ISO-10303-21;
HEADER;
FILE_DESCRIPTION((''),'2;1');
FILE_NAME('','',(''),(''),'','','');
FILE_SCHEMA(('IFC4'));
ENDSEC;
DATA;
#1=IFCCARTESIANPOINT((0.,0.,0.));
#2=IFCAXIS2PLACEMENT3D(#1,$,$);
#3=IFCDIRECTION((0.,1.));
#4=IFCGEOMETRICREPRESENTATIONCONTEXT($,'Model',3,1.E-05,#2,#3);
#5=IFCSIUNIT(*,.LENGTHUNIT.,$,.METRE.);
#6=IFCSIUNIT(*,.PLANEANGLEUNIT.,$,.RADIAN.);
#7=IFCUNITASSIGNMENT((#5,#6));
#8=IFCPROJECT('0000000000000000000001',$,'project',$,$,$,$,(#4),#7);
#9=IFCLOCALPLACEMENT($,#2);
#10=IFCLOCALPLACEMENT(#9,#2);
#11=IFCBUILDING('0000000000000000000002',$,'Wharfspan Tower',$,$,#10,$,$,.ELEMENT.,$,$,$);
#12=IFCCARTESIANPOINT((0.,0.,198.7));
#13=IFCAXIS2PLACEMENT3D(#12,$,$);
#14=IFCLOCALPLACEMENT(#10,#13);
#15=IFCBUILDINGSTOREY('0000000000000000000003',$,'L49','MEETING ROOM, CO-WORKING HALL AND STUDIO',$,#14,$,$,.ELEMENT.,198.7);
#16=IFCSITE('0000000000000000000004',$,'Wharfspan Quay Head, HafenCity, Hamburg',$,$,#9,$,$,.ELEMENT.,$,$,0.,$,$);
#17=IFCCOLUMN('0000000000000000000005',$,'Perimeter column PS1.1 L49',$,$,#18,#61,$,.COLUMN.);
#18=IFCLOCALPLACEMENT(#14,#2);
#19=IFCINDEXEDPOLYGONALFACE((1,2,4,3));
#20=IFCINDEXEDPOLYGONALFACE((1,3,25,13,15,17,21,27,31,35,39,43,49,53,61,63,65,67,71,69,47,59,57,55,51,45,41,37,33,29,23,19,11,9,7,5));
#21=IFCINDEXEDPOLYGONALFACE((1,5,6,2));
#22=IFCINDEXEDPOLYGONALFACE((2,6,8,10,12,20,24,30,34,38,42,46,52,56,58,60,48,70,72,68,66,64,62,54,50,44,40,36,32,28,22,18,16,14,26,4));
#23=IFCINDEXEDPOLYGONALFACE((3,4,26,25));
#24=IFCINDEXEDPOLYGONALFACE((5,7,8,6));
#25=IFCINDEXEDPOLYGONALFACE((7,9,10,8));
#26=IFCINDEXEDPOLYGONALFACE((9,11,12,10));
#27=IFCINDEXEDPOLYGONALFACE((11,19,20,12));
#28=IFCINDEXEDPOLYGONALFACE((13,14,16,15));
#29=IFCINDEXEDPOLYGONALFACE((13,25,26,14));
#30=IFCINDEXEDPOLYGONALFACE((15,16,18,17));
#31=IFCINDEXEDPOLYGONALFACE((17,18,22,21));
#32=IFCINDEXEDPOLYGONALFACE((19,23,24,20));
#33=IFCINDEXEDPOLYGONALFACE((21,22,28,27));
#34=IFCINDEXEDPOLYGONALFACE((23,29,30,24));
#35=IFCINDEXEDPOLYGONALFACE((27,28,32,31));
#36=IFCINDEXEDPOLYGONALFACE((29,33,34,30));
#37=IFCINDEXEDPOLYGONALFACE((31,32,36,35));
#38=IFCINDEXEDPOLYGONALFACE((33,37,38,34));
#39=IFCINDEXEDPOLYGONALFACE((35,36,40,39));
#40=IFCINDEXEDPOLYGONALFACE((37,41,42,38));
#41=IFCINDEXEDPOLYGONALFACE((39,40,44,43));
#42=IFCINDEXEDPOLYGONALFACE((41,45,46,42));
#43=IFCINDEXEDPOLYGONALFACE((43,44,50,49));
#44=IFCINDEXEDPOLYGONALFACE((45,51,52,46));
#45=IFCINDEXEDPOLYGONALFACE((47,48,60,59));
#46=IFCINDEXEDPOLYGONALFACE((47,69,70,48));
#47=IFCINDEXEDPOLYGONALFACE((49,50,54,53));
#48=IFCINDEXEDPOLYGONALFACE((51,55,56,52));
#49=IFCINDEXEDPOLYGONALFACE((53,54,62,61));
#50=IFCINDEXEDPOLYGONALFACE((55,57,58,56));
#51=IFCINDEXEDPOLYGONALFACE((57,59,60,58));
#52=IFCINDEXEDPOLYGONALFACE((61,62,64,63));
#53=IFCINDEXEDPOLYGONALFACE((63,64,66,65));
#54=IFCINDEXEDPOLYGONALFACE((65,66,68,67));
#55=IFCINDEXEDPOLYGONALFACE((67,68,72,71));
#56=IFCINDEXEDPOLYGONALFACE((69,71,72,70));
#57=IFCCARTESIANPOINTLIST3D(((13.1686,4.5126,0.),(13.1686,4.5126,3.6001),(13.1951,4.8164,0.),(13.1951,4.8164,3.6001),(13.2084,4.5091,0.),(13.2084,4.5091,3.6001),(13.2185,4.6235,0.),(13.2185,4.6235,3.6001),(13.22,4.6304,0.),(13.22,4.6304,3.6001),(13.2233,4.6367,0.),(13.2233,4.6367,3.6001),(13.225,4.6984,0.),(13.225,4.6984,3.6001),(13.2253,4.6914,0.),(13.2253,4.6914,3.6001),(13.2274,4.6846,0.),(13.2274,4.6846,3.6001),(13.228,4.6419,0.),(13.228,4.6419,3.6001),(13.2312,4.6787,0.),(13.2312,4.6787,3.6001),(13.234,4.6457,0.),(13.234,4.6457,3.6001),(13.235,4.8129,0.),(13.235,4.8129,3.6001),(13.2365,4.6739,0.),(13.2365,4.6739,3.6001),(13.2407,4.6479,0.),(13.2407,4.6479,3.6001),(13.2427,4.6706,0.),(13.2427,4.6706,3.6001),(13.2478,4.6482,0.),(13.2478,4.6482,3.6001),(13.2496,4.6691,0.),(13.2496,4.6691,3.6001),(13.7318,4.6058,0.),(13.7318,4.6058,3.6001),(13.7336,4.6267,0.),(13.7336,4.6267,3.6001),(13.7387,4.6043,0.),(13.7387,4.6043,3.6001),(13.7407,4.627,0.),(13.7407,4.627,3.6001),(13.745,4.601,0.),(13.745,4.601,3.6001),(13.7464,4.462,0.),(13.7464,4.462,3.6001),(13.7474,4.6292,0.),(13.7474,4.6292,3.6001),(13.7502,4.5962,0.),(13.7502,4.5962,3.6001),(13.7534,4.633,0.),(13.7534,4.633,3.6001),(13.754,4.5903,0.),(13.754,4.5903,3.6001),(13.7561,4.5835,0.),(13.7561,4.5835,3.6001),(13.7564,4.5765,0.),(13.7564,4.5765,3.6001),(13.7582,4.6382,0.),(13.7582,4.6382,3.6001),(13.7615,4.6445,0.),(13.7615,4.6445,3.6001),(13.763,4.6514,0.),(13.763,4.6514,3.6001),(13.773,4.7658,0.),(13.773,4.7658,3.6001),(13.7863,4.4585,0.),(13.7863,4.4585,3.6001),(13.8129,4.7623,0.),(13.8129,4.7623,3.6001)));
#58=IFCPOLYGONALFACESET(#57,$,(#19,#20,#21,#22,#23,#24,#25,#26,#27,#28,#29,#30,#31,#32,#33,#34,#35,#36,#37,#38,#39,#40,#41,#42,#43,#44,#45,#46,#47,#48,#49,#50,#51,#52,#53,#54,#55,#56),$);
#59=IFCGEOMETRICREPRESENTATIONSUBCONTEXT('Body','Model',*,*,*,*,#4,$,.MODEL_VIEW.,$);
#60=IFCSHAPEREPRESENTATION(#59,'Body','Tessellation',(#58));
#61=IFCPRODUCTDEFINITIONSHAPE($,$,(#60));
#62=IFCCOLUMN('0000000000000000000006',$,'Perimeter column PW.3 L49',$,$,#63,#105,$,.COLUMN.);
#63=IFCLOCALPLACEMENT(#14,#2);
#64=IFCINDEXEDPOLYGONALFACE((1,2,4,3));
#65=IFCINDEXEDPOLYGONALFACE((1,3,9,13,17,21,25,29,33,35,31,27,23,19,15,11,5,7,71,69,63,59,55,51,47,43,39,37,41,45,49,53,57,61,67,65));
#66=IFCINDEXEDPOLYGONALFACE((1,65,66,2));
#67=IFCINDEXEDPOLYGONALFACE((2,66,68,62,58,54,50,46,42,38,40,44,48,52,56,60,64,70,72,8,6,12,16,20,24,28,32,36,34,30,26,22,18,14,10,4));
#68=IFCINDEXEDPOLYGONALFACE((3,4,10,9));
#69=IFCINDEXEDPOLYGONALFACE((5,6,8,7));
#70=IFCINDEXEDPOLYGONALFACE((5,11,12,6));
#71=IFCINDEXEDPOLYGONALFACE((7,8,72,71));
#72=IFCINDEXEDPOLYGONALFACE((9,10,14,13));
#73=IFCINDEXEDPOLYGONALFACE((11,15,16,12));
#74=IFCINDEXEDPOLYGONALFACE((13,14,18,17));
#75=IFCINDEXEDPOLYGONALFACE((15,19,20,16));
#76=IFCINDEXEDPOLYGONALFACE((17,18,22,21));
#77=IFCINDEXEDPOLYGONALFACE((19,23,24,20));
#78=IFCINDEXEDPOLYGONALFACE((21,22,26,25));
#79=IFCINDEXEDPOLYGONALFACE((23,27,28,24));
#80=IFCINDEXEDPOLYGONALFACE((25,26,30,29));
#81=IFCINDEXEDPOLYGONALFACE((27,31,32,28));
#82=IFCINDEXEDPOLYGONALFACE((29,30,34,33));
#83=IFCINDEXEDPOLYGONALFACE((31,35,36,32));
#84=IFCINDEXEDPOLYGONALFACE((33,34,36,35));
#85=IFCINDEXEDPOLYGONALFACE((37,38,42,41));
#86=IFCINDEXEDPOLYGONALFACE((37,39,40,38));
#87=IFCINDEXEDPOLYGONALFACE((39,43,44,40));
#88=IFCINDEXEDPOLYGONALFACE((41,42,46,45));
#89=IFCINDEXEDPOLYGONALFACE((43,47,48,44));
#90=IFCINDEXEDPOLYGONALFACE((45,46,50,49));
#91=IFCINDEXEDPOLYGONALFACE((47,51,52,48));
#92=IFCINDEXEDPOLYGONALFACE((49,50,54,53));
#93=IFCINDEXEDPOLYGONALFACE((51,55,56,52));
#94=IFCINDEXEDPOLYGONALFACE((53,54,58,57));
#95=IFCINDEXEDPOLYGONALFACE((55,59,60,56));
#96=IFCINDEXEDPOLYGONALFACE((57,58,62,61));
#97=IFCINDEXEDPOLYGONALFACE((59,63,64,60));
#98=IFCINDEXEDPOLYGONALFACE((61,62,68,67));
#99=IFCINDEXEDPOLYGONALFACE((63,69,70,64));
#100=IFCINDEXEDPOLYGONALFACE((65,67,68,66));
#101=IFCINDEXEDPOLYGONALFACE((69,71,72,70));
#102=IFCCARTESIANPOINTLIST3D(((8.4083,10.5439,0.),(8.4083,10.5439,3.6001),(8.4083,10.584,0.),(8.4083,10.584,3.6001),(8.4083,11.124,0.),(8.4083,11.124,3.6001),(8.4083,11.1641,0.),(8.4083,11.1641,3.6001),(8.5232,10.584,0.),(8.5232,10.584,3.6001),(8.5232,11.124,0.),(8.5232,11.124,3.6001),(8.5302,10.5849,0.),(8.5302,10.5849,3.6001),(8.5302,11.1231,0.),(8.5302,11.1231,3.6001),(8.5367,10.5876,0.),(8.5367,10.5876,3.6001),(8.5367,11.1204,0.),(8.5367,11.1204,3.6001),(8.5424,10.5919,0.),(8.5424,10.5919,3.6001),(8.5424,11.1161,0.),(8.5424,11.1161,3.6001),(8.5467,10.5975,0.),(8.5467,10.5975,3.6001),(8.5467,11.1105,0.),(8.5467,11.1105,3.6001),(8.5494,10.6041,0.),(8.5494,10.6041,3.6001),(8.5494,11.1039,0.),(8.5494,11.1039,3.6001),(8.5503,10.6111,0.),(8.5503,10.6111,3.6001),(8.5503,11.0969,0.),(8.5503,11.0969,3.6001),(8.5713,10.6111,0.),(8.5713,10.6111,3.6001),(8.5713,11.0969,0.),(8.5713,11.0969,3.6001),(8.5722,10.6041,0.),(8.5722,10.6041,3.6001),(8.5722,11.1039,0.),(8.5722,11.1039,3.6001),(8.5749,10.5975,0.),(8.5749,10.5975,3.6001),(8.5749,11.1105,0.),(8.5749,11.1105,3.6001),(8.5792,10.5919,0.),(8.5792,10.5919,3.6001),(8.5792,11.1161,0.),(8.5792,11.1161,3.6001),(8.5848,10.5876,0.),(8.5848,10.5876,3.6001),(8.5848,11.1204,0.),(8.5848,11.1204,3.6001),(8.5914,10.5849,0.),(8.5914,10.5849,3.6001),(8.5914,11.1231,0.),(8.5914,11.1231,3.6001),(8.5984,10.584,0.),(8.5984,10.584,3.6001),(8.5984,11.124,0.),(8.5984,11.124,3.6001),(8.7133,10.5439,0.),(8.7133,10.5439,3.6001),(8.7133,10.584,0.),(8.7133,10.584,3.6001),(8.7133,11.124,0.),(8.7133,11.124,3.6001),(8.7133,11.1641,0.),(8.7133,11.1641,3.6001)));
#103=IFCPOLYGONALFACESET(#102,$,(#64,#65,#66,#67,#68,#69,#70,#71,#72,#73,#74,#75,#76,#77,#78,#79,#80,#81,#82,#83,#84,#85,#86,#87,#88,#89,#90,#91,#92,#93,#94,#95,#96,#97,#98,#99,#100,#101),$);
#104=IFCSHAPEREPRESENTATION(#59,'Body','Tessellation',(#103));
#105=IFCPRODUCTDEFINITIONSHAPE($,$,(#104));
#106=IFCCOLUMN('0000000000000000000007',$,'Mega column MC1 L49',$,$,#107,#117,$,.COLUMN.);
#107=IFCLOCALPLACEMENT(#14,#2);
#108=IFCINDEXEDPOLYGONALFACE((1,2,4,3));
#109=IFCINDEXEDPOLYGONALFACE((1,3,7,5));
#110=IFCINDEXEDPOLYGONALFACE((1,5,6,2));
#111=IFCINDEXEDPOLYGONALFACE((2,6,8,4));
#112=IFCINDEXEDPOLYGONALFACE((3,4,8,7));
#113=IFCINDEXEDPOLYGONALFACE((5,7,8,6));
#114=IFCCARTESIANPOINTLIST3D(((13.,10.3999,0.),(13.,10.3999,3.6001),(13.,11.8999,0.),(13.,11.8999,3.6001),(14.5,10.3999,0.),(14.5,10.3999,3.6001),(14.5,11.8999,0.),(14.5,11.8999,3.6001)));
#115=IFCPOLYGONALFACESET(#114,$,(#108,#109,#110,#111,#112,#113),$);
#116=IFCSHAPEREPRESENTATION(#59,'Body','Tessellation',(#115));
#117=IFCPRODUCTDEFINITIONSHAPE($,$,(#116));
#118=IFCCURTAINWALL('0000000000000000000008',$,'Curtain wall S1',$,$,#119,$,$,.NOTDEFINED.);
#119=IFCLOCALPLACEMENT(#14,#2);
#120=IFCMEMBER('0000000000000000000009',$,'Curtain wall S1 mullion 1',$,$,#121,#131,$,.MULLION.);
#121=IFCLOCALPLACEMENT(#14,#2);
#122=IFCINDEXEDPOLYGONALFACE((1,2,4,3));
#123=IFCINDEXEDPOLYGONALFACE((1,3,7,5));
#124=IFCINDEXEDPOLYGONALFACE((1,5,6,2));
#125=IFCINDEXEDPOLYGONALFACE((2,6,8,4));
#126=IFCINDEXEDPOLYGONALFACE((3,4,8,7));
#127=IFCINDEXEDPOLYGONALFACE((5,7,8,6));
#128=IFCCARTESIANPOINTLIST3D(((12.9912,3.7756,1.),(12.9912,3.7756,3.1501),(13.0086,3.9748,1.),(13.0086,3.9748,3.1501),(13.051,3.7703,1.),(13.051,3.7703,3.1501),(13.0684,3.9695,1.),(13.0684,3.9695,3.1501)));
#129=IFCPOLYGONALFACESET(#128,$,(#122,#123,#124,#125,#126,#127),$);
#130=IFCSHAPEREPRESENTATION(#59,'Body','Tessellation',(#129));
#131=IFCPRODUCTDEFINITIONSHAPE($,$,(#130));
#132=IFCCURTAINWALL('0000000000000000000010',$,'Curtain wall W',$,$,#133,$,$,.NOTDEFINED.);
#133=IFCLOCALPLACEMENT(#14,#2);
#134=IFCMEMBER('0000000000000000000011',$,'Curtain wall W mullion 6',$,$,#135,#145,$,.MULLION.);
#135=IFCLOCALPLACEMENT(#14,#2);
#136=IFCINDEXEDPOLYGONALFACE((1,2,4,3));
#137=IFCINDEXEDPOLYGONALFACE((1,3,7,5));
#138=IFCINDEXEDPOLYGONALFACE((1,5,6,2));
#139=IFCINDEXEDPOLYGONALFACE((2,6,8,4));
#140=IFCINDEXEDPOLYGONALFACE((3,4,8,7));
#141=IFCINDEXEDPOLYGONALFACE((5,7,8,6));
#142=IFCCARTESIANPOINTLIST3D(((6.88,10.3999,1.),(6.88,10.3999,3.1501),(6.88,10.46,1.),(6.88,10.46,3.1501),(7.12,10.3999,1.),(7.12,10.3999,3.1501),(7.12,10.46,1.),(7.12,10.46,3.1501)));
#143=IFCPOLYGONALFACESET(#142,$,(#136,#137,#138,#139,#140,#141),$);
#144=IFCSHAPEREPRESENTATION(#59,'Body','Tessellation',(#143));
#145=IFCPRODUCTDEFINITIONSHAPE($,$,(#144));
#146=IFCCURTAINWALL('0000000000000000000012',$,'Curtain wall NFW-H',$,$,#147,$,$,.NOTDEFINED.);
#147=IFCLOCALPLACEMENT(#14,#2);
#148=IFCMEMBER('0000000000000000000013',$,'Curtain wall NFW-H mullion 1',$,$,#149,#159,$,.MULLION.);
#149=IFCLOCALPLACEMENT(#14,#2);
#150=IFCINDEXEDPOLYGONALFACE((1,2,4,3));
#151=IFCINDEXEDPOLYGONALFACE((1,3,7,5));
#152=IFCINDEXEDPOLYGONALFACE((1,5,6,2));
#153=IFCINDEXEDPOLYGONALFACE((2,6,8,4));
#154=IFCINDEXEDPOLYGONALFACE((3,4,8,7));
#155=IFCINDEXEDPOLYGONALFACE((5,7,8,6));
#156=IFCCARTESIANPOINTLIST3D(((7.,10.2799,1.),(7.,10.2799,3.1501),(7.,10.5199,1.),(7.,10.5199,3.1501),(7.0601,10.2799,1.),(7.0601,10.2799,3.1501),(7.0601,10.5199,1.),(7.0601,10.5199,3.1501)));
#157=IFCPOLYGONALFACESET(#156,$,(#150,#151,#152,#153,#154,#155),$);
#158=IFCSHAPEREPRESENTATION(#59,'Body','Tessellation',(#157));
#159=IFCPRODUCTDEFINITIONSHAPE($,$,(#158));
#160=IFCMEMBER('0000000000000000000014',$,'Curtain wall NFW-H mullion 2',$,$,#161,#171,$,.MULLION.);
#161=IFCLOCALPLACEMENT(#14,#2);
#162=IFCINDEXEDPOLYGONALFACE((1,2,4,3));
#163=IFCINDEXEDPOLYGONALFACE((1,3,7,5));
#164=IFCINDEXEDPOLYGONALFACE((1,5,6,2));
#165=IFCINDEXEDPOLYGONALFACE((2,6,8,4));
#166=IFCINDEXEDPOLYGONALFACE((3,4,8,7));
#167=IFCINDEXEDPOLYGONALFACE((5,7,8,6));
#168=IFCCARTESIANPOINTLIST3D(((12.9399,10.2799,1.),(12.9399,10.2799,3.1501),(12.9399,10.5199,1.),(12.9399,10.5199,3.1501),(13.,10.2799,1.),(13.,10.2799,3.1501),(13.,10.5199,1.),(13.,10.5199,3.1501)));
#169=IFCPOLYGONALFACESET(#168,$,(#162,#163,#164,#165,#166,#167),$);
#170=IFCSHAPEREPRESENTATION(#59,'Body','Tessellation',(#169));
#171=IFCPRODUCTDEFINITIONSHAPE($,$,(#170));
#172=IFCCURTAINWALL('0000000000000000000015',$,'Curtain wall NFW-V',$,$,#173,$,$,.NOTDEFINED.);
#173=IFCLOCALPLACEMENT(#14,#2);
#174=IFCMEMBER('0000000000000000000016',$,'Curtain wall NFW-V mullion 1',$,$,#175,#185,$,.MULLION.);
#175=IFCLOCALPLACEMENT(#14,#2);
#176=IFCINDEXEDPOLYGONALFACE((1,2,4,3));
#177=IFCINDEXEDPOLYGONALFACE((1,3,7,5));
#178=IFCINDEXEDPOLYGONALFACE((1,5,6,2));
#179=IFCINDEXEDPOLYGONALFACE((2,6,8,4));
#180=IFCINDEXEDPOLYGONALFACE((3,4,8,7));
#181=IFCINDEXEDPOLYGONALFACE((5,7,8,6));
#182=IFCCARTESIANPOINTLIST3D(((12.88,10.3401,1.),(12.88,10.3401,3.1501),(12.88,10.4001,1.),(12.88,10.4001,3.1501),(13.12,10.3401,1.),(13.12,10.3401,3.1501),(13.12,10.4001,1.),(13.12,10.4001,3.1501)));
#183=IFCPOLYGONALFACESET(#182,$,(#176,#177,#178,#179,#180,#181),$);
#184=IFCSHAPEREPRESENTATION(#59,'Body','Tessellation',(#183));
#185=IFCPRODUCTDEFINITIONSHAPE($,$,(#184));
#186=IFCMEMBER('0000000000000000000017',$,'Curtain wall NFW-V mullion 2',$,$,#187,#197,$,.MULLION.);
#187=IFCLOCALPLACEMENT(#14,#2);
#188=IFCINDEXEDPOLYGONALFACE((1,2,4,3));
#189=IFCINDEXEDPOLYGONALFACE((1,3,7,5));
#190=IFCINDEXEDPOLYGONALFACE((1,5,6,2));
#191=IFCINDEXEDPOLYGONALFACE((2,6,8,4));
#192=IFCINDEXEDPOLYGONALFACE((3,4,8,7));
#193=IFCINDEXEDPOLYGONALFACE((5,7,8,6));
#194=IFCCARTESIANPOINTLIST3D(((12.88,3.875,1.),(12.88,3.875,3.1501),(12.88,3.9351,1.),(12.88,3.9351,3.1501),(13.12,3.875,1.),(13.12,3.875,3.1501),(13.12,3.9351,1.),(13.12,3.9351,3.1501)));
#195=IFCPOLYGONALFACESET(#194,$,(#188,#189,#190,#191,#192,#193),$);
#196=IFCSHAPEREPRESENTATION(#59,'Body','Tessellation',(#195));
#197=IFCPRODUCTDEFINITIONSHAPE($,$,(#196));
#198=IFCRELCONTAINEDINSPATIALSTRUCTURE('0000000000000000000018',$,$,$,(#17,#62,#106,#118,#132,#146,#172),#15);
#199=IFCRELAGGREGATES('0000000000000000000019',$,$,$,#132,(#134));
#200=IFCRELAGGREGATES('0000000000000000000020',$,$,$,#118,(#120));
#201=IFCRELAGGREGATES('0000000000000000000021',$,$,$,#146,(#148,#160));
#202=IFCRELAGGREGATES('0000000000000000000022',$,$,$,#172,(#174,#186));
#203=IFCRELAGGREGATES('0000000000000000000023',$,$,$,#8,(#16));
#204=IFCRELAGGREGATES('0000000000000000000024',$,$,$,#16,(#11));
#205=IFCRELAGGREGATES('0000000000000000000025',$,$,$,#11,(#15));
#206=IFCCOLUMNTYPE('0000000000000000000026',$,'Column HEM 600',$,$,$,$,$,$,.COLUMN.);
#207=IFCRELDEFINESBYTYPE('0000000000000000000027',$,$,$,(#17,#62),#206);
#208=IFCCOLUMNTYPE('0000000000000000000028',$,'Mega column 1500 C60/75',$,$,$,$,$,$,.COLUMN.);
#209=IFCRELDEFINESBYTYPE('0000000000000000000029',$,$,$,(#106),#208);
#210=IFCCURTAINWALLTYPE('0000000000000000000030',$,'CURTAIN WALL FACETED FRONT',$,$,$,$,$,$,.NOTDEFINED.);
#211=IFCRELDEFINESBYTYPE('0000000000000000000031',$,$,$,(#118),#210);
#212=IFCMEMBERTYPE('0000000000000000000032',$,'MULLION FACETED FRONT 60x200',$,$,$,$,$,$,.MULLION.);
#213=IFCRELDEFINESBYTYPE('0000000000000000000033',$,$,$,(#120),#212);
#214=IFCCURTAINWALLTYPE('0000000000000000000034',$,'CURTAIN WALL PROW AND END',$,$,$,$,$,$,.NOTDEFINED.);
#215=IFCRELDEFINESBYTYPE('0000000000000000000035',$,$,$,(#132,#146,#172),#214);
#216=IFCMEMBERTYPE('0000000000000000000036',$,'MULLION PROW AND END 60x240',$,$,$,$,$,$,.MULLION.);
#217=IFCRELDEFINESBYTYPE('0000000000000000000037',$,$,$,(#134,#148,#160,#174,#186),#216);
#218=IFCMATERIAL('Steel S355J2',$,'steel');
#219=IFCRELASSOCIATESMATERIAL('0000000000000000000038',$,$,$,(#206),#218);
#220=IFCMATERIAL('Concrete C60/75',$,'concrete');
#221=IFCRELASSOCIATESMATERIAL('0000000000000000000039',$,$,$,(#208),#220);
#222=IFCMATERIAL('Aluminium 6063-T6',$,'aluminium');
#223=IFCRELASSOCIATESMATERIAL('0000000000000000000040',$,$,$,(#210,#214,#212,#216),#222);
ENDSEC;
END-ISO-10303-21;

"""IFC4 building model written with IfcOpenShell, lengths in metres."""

from ifc_helpers import new_model, si_unit, direction, frame, origin, origin_2d, place, context, subcontext, project, spatial, rectangle, i_section, extrude, material, material_profile, profile_set, type_object, element, aggregate, save


model = new_model("IFC4")

# Units and contexts
model_context = context("Model", 3, precision=1e-05, world=origin(), true_north=direction((0.0, 1.0)))
body_context = subcontext(model_context, "Body", "Model", "MODEL_VIEW")
ifc_project = project(units=[si_unit("LENGTHUNIT", "METRE"), si_unit("PLANEANGLEUNIT", "RADIAN")], contexts=[model_context])

# Site, building, storey
site_placement = place(None, origin())
site = spatial("IfcSite", under=ifc_project, at=site_placement, Name="Wharfspan Quay Head, HafenCity, Hamburg", CompositionType="ELEMENT", RefElevation=0.0)
building_placement = place(site_placement, origin())
building = spatial("IfcBuilding", under=site, at=building_placement, Name="Wharfspan Tower", CompositionType="ELEMENT")
storey_placement = place(building_placement, frame((0.0, 0.0, 198.7)))
storey = spatial("IfcBuildingStorey", under=building, at=storey_placement, Name="L49", Description="MEETING ROOM, CO-WORKING HALL AND STUDIO", CompositionType="ELEMENT", Elevation=198.7)

# Columns
ifc_material_1 = material(Name="Steel S355J2", Category="steel")
ifc_material_profile_1 = material_profile(ifc_material_1, i_section(OverallWidth=0.3049, OverallDepth=0.6201, WebThickness=0.021, FlangeThickness=0.04, FilletRadius=0.0271, at=origin_2d()))
ifc_profile_set_1 = profile_set([ifc_material_profile_1], Name="Steel S355J2")
column_type_1 = type_object("IfcColumnType", Name="Column HEM 600", PredefinedType="COLUMN", material=ifc_profile_set_1)
for number, where, z_axis, x_axis, name in (
    (1, (13.4907, 4.6375, 0.0), (0.0, 0.0, 1.0), (-0.087156, -0.996198, 0.0), "Perimeter column PS1.1 L49"),
    (2, (8.5608, 10.854, 0.0), (0.0, 0.0, 1.0), (-1.0, 0.0, 0.0), "Perimeter column PW.3 L49"),
):
    element("IfcColumn", number, at=place(storey_placement, frame(where, z_axis=z_axis, x_axis=x_axis)), inside=storey, type_object=column_type_1, Name=name, PredefinedType="COLUMN", context=body_context, shape_type="SweptSolid", body=[
        extrude(i_section(OverallWidth=0.3049, OverallDepth=0.6201, WebThickness=0.021, FlangeThickness=0.04, FilletRadius=0.0271, at=origin_2d()), origin(), (0.0, 0.0, 1.0), 3.6001),
    ])
ifc_material_2 = material(Name="Concrete C60/75", Category="concrete")
ifc_material_profile_2 = material_profile(ifc_material_2, rectangle(XDim=1.5, YDim=1.5, at=origin_2d()))
ifc_profile_set_2 = profile_set([ifc_material_profile_2], Name="Concrete C60/75")
column_type_2 = type_object("IfcColumnType", Name="Mega column 1500 C60/75", PredefinedType="COLUMN", material=ifc_profile_set_2)
column_placement = place(storey_placement, frame((13.75, 11.1499, 0.0), z_axis=(0.0, 0.0, 1.0), x_axis=(1.0, 0.0, 0.0)))
element("IfcColumn", 3, at=column_placement, inside=storey, type_object=column_type_2, Name="Mega column MC1 L49", PredefinedType="COLUMN", context=body_context, shape_type="SweptSolid", body=[
    extrude(rectangle(XDim=1.5, YDim=1.5, at=origin_2d()), origin(), (0.0, 0.0, 1.0), 3.6001),
])

# Curtain walls, members
ifc_material_3 = material(Name="Aluminium 6063-T6", Category="aluminium")
curtain_wall_type_1 = type_object("IfcCurtainWallType", Name="CURTAIN WALL FACETED FRONT", PredefinedType="NOTDEFINED", material=ifc_material_3)
curtain_wall_1_placement = place(storey_placement, origin())
curtain_wall_1 = element("IfcCurtainWall", 4, at=curtain_wall_1_placement, inside=storey, type_object=curtain_wall_type_1, Name="Curtain wall S1", PredefinedType="NOTDEFINED")
ifc_material_profile_3 = material_profile(ifc_material_3, rectangle(XDim=0.2, YDim=0.0601, at=origin_2d()))
ifc_profile_set_3 = profile_set([ifc_material_profile_3], Name="Aluminium 6063-T6")
member_type_1 = type_object("IfcMemberType", Name="MULLION FACETED FRONT 60x200", PredefinedType="MULLION", material=ifc_profile_set_3)
member_1_placement = place(storey_placement, frame((13.0298, 3.8726, 1.0), z_axis=(0.0, 0.0, 1.0), x_axis=(0.087156, 0.996198, 0.0)))
member_1 = element("IfcMember", 5, at=member_1_placement, type_object=member_type_1, Name="Curtain wall S1 mullion 1", PredefinedType="MULLION", context=body_context, shape_type="SweptSolid", body=[
    extrude(rectangle(XDim=0.2, YDim=0.0601, at=origin_2d()), origin(), (0.0, 0.0, 1.0), 2.1501),
])
curtain_wall_type_2 = type_object("IfcCurtainWallType", Name="CURTAIN WALL PROW AND END", PredefinedType="NOTDEFINED", material=ifc_material_3)
curtain_wall_2_placement = place(storey_placement, origin())
curtain_wall_2 = element("IfcCurtainWall", 6, at=curtain_wall_2_placement, inside=storey, type_object=curtain_wall_type_2, Name="Curtain wall W", PredefinedType="NOTDEFINED")
ifc_material_profile_4 = material_profile(ifc_material_3, rectangle(XDim=0.24, YDim=0.0601, at=origin_2d()))
ifc_profile_set_4 = profile_set([ifc_material_profile_4], Name="Aluminium 6063-T6")
member_type_2 = type_object("IfcMemberType", Name="MULLION PROW AND END 60x240", PredefinedType="MULLION", material=ifc_profile_set_4)
member_2_placement = place(storey_placement, frame((7.0, 10.4299, 1.0), z_axis=(0.0, 0.0, 1.0), x_axis=(1.0, 0.0, 0.0)))
member_2 = element("IfcMember", 7, at=member_2_placement, type_object=member_type_2, Name="Curtain wall W mullion 6", PredefinedType="MULLION", context=body_context, shape_type="SweptSolid", body=[
    extrude(rectangle(XDim=0.24, YDim=0.0601, at=origin_2d()), origin(), (0.0, 0.0, 1.0), 2.1501),
])
aggregate(curtain_wall_2, [member_2])

# Curtain walls, members
curtain_wall_3_placement = place(storey_placement, origin())
curtain_wall_3 = element("IfcCurtainWall", 8, at=curtain_wall_3_placement, inside=storey, type_object=curtain_wall_type_2, Name="Curtain wall NFW-H", PredefinedType="NOTDEFINED")
member_3_placement = place(storey_placement, frame((7.03, 10.3999, 1.0), z_axis=(0.0, 0.0, 1.0), x_axis=(0.0, 1.0, 0.0)))
member_3 = element("IfcMember", 9, at=member_3_placement, type_object=member_type_2, Name="Curtain wall NFW-H mullion 1", PredefinedType="MULLION", context=body_context, shape_type="SweptSolid", body=[
    extrude(rectangle(XDim=0.24, YDim=0.0601, at=origin_2d()), origin(), (0.0, 0.0, 1.0), 2.1501),
])
member_4_placement = place(storey_placement, frame((12.97, 10.3999, 1.0), z_axis=(0.0, 0.0, 1.0), x_axis=(0.0, 1.0, 0.0)))
member_4 = element("IfcMember", 10, at=member_4_placement, type_object=member_type_2, Name="Curtain wall NFW-H mullion 2", PredefinedType="MULLION", context=body_context, shape_type="SweptSolid", body=[
    extrude(rectangle(XDim=0.24, YDim=0.0601, at=origin_2d()), origin(), (0.0, 0.0, 1.0), 2.1501),
])
curtain_wall_4_placement = place(storey_placement, origin())
curtain_wall_4 = element("IfcCurtainWall", 11, at=curtain_wall_4_placement, inside=storey, type_object=curtain_wall_type_2, Name="Curtain wall NFW-V", PredefinedType="NOTDEFINED")
member_5_placement = place(storey_placement, frame((13.0, 10.3701, 1.0), z_axis=(0.0, 0.0, 1.0), x_axis=(1.0, 0.0, 0.0)))
member_5 = element("IfcMember", 12, at=member_5_placement, type_object=member_type_2, Name="Curtain wall NFW-V mullion 1", PredefinedType="MULLION", context=body_context, shape_type="SweptSolid", body=[
    extrude(rectangle(XDim=0.24, YDim=0.0601, at=origin_2d()), origin(), (0.0, 0.0, 1.0), 2.1501),
])
member_6_placement = place(storey_placement, frame((13.0, 3.905, 1.0), z_axis=(0.0, 0.0, 1.0), x_axis=(1.0, 0.0, 0.0)))
member_6 = element("IfcMember", 13, at=member_6_placement, type_object=member_type_2, Name="Curtain wall NFW-V mullion 2", PredefinedType="MULLION", context=body_context, shape_type="SweptSolid", body=[
    extrude(rectangle(XDim=0.24, YDim=0.0601, at=origin_2d()), origin(), (0.0, 0.0, 1.0), 2.1501),
])

aggregate(curtain_wall_1, [member_1])

aggregate(curtain_wall_3, [member_3, member_4])
aggregate(curtain_wall_4, [member_5, member_6])

save(model, "model.ifc")
